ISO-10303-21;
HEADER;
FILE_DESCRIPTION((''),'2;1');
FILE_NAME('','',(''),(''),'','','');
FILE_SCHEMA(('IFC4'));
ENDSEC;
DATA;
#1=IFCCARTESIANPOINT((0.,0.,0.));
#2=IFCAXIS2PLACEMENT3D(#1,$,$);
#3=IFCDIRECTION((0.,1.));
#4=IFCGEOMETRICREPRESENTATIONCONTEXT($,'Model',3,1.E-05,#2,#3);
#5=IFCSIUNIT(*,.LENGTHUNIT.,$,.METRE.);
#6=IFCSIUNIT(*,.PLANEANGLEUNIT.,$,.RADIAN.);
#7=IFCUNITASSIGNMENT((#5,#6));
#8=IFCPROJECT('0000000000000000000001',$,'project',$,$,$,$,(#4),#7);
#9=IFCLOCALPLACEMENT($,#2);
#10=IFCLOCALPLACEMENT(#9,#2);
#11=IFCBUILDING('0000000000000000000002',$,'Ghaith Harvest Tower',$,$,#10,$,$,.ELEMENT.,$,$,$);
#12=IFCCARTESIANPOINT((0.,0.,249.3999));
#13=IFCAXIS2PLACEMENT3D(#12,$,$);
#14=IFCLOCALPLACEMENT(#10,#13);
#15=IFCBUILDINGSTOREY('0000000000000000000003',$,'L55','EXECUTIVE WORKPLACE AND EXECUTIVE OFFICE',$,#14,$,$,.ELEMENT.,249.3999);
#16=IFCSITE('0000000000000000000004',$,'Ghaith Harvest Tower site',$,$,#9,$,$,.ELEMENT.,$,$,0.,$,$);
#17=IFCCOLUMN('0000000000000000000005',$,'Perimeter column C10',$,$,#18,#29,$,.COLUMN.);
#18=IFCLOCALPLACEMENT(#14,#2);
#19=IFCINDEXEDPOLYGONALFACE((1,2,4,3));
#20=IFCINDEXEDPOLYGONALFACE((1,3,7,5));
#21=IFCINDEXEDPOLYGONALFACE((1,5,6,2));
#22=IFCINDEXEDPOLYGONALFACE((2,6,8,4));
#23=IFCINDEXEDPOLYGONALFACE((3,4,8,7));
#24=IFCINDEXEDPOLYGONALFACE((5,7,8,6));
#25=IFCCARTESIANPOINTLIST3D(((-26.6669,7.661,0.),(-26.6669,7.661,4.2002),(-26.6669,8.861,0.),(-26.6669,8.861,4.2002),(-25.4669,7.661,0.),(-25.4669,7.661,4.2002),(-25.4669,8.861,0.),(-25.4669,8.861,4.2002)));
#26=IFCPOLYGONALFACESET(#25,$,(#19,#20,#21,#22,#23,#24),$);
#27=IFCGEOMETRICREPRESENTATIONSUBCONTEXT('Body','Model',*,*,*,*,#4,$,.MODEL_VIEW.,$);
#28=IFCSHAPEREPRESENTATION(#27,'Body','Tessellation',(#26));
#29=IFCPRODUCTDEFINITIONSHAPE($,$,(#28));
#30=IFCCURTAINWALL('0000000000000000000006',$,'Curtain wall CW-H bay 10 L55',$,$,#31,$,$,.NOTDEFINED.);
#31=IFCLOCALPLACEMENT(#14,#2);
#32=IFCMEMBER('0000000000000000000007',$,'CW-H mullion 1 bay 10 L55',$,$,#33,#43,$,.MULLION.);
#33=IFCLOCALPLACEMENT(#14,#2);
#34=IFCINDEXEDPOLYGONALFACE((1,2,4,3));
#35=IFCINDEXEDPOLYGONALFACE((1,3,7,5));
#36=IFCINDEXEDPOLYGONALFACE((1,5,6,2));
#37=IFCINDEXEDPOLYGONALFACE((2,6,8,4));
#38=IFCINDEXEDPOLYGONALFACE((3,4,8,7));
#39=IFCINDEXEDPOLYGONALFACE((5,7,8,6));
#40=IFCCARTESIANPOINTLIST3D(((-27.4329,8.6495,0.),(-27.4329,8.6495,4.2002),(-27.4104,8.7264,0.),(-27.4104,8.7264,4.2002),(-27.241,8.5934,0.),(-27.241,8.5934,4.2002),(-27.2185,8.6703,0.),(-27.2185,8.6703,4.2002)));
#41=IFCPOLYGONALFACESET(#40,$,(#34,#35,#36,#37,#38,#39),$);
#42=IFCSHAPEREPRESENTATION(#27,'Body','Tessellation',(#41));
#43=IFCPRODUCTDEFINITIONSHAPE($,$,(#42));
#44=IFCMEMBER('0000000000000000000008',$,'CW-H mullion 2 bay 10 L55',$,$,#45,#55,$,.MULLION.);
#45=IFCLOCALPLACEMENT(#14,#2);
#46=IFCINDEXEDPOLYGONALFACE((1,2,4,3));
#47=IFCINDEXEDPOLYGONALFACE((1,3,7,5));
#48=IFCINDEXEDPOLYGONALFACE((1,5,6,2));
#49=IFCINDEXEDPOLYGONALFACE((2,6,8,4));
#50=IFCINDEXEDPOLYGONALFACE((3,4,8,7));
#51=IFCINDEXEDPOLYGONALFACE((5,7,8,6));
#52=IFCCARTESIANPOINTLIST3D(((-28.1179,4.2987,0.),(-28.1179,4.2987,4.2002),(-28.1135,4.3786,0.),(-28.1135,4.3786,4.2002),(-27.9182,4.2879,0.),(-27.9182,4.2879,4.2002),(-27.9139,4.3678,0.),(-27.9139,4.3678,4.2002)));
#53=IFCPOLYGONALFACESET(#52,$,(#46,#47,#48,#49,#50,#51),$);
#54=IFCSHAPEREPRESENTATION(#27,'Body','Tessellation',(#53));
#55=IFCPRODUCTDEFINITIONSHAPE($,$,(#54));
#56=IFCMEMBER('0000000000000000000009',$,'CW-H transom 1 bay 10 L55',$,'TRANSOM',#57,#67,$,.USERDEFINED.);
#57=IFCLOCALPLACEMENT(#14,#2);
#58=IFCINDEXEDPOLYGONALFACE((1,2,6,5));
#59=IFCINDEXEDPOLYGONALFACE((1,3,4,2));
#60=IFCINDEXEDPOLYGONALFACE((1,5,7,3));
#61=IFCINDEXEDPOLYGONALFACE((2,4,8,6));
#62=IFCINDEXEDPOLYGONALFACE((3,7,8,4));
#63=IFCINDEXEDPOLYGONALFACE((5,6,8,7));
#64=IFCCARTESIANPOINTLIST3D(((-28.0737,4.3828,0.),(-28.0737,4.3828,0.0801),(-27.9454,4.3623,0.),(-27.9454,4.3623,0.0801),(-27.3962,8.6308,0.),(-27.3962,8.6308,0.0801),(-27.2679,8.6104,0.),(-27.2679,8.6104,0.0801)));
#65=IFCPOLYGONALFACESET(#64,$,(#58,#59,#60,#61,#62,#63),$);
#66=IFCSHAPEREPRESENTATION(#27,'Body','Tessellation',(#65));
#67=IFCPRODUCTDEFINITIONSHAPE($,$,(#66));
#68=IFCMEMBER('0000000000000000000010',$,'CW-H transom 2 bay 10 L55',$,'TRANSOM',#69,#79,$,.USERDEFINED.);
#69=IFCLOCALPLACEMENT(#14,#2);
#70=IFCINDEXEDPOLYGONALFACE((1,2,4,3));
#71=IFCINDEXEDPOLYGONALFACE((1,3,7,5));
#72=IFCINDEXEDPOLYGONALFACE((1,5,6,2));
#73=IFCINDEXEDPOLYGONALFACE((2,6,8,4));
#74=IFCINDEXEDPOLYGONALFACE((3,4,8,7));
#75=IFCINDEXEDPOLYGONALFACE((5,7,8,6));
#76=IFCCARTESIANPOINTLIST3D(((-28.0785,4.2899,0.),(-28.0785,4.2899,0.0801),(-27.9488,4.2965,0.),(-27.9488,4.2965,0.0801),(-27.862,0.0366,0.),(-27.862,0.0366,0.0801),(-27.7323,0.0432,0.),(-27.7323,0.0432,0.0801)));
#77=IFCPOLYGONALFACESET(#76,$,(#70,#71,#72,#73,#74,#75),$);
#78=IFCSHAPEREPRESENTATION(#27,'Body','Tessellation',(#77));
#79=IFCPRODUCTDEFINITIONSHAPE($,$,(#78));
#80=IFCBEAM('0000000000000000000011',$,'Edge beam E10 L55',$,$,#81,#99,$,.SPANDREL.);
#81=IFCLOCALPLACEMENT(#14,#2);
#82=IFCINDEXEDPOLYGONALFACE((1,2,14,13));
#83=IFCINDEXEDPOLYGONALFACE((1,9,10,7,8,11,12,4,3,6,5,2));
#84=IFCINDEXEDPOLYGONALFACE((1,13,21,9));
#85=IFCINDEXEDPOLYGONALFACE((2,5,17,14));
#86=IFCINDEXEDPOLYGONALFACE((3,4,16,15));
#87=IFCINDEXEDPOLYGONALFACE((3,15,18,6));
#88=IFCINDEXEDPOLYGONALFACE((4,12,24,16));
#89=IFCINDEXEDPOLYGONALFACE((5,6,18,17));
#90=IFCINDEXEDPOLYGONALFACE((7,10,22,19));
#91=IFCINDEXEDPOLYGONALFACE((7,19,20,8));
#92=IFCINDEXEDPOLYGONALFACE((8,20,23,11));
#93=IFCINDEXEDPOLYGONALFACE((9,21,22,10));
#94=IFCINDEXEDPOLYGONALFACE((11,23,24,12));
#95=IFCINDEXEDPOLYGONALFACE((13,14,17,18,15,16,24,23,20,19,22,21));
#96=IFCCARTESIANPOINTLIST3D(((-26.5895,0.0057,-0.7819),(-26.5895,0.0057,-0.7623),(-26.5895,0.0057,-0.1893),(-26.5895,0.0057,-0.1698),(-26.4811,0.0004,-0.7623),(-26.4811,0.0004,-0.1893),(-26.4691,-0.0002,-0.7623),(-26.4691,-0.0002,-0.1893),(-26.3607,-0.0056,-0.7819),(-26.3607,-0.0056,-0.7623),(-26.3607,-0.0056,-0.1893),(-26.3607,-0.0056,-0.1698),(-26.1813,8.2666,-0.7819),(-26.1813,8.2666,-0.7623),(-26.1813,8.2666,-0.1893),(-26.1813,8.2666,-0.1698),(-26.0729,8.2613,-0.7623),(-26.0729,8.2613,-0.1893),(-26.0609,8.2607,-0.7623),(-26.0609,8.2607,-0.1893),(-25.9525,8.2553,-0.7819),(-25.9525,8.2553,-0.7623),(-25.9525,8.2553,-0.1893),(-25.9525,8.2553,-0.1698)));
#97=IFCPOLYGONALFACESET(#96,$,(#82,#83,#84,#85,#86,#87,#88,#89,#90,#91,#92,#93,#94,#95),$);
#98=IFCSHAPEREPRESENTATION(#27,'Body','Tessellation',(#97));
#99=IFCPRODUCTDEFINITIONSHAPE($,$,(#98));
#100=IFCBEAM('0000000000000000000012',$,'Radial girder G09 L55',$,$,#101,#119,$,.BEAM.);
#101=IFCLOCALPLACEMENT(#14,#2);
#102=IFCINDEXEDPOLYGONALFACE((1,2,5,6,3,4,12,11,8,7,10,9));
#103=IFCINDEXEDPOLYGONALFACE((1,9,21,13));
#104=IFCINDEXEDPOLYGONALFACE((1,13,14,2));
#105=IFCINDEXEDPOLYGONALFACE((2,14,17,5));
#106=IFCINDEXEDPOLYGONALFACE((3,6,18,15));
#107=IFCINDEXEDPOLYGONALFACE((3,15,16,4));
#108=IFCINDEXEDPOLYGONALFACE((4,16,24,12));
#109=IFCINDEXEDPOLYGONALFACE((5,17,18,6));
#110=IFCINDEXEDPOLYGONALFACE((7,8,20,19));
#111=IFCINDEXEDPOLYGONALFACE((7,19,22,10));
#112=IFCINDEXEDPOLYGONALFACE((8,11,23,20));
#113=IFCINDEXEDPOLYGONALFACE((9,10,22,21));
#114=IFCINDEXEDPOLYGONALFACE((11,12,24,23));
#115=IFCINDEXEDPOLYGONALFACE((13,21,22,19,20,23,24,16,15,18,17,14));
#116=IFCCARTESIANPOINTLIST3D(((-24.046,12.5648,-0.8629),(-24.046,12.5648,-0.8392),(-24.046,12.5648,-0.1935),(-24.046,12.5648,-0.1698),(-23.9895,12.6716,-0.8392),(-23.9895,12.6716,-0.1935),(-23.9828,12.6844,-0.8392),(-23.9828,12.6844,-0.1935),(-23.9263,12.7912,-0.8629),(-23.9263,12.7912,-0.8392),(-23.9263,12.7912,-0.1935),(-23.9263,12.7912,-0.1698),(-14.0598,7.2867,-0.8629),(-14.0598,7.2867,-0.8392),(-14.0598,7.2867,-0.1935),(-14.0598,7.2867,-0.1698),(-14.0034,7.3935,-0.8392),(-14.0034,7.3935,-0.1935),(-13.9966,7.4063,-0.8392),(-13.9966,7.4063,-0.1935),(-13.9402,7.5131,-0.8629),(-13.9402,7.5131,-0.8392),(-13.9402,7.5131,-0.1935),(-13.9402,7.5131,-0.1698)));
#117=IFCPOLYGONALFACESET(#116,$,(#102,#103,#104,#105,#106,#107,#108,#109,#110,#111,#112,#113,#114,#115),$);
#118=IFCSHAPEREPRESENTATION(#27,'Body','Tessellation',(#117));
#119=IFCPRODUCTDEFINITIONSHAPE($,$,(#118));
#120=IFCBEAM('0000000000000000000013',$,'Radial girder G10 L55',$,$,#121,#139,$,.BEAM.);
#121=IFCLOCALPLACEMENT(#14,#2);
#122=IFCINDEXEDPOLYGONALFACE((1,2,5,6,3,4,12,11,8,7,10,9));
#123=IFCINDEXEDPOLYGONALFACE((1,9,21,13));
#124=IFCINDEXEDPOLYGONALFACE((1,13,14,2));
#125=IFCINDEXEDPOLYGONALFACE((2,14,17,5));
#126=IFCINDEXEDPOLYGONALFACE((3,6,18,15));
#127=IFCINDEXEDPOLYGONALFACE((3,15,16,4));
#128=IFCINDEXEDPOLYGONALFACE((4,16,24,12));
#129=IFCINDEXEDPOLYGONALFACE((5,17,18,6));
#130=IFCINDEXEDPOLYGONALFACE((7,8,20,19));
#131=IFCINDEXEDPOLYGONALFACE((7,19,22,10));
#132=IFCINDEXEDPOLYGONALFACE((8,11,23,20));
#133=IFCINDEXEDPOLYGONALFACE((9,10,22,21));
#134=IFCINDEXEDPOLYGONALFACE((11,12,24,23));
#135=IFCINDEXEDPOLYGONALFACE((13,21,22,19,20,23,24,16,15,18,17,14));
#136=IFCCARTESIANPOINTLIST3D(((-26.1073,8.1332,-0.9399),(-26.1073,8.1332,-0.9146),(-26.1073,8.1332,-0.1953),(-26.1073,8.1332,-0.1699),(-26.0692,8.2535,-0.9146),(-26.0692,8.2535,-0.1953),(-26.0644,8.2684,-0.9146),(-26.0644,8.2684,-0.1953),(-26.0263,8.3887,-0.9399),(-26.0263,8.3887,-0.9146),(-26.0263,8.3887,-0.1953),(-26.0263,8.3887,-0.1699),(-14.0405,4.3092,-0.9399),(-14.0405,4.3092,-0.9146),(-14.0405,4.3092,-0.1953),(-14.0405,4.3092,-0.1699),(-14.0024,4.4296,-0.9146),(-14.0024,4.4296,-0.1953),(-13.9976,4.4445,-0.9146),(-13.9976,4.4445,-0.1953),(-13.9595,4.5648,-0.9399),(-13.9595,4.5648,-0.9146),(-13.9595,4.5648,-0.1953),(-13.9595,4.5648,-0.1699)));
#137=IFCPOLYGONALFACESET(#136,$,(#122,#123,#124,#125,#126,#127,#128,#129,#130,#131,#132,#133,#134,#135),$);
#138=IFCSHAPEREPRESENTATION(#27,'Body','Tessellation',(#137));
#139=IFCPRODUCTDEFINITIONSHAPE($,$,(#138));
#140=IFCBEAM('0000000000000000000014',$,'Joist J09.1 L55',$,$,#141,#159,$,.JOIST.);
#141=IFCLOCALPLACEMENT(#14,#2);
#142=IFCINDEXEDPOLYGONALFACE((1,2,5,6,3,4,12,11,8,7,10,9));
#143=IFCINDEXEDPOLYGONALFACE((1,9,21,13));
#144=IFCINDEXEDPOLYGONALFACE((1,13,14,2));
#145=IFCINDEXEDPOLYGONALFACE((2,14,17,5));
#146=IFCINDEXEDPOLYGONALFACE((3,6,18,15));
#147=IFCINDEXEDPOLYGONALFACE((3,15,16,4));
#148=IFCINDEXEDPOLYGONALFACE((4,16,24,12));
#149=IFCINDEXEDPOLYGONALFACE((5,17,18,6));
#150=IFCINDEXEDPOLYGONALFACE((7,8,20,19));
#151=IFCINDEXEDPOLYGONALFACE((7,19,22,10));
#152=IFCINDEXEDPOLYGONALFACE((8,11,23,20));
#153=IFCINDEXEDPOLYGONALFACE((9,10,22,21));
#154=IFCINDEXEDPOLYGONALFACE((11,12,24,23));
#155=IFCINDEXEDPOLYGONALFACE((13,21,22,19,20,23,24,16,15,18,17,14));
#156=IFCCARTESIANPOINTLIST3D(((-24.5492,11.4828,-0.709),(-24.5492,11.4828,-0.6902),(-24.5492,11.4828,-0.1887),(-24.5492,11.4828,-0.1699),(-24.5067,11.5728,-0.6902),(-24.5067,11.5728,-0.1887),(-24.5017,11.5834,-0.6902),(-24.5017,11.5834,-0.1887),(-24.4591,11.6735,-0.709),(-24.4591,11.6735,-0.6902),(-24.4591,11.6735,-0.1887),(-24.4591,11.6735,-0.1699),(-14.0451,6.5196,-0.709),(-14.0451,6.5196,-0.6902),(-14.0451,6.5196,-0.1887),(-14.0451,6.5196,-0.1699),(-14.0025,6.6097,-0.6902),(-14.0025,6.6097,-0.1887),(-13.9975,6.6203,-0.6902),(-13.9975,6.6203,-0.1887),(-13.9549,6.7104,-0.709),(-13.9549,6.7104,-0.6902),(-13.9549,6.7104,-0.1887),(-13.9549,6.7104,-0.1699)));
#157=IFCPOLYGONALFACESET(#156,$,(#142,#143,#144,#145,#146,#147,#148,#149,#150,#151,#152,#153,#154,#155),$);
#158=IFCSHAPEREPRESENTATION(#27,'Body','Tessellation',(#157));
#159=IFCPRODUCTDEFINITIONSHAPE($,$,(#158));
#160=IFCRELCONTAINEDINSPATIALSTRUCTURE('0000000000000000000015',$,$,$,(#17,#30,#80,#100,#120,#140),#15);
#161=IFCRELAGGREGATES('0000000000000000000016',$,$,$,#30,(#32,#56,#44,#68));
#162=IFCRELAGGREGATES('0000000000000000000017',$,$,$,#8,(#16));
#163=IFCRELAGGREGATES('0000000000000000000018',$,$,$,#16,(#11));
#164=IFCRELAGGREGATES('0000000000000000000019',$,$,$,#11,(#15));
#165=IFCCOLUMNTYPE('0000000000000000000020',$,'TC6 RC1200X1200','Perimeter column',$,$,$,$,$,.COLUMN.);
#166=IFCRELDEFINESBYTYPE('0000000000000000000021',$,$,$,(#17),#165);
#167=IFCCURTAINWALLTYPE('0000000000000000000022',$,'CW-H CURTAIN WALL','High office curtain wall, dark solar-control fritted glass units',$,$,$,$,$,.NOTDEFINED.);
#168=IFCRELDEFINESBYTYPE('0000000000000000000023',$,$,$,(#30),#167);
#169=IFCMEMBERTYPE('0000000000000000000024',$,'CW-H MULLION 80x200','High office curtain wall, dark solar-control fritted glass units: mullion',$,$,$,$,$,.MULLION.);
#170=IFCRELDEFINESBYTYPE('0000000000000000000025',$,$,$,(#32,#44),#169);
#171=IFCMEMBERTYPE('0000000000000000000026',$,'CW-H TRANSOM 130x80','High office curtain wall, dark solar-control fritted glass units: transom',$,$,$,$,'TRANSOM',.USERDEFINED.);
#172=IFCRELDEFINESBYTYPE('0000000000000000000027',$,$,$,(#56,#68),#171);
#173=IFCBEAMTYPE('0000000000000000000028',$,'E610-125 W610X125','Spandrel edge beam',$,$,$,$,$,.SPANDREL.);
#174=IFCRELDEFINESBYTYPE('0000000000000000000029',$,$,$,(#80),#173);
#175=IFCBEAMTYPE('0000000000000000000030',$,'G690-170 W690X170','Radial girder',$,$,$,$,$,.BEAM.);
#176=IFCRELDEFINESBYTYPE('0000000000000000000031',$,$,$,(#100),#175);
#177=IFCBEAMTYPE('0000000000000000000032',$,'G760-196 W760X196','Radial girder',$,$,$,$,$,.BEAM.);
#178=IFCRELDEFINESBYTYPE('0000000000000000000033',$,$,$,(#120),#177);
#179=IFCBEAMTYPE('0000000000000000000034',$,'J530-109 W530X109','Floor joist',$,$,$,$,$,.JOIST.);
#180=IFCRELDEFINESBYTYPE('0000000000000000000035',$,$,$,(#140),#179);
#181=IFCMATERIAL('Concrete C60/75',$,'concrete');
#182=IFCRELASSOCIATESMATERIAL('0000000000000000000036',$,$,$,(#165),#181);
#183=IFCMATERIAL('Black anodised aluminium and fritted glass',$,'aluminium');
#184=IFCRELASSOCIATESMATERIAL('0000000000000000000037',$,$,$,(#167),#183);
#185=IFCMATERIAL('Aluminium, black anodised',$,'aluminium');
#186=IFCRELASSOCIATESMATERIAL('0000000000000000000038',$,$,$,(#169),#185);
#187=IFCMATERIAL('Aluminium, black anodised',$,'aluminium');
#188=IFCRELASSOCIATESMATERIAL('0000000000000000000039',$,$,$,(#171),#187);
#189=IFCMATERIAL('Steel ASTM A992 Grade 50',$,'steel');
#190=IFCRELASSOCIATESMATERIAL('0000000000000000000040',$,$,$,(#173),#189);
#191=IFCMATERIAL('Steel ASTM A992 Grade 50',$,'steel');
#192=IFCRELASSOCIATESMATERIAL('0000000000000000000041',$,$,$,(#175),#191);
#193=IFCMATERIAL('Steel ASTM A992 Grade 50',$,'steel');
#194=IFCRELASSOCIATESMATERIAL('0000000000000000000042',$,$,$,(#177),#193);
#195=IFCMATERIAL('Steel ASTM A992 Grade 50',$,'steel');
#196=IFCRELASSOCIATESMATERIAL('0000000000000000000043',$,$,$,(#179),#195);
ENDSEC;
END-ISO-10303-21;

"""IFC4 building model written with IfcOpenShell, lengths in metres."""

from ifc_helpers import new_model, si_unit, direction, frame, origin, origin_2d, place, context, subcontext, project, spatial, rectangle, i_section, extrude, material, material_profile, profile_set, type_object, element, aggregate, save


model = new_model("IFC4")

# Units and contexts
model_context = context("Model", 3, precision=1e-05, world=origin(), true_north=direction((0.0, 1.0)))
body_context = subcontext(model_context, "Body", "Model", "MODEL_VIEW")
ifc_project = project(units=[si_unit("LENGTHUNIT", "METRE"), si_unit("PLANEANGLEUNIT", "RADIAN")], contexts=[model_context])

# Site, building, storey
site_placement = place(None, origin())
site = spatial("IfcSite", under=ifc_project, at=site_placement, Name="Ghaith Harvest Tower site", CompositionType="ELEMENT", RefElevation=0.0)
building_placement = place(site_placement, origin())
building = spatial("IfcBuilding", under=site, at=building_placement, Name="Ghaith Harvest Tower", CompositionType="ELEMENT")
storey_placement = place(building_placement, frame((0.0, 0.0, 249.3999)))
storey = spatial("IfcBuildingStorey", under=building, at=storey_placement, Name="L55", Description="EXECUTIVE WORKPLACE AND EXECUTIVE OFFICE", CompositionType="ELEMENT", Elevation=249.3999)

# Column
ifc_material_1 = material(Name="Concrete C60/75", Category="concrete")
ifc_material_profile_1 = material_profile(ifc_material_1, rectangle(XDim=1.2, YDim=1.2, at=origin_2d()), Name="RC1200X1200")
ifc_profile_set_1 = profile_set([ifc_material_profile_1], Name="Concrete C60/75")
column_type = type_object("IfcColumnType", Name="TC6 RC1200X1200", Description="Perimeter column", PredefinedType="COLUMN", material=ifc_profile_set_1)
column_placement = place(storey_placement, frame((-26.0669, 8.261, 0.0), z_axis=(0.0, 0.0, 1.0), x_axis=(1.0, 0.0, 0.0)))
element("IfcColumn", 1, at=column_placement, inside=storey, type_object=column_type, Name="Perimeter column C10", PredefinedType="COLUMN", context=body_context, shape_type="SweptSolid", body=[
    extrude(rectangle(XDim=1.2, YDim=1.2, at=origin_2d()), origin(), (0.0, 0.0, 1.0), 4.2002),
])

# Curtain wall, members
ifc_material_2 = material(Name="Black anodised aluminium and fritted glass", Category="aluminium")
curtain_wall_type = type_object("IfcCurtainWallType", Name="CW-H CURTAIN WALL", Description="High office curtain wall, dark solar-control fritted glass units", PredefinedType="NOTDEFINED", material=ifc_material_2)
curtain_wall_placement = place(storey_placement, origin())
curtain_wall = element("IfcCurtainWall", 2, at=curtain_wall_placement, inside=storey, type_object=curtain_wall_type, Name="Curtain wall CW-H bay 10 L55", PredefinedType="NOTDEFINED")
ifc_material_3 = material(Name="Aluminium, black anodised", Category="aluminium")
ifc_material_profile_2 = material_profile(ifc_material_3, rectangle(XDim=0.0801, YDim=0.2, at=origin_2d()), Name="CW-H MULLION 80x200")
ifc_profile_set_2 = profile_set([ifc_material_profile_2], Name="Aluminium, black anodised")
member_type_1 = type_object("IfcMemberType", Name="CW-H MULLION 80x200", Description="High office curtain wall, dark solar-control fritted glass units: mullion", PredefinedType="MULLION", material=ifc_profile_set_2)
member_1_placement = place(storey_placement, frame((-27.3257, 8.6599, 0.0), z_axis=(0.0, 0.0, 1.0), x_axis=(-0.28052, -0.959848, 0.0)))
member_1 = element("IfcMember", 3, at=member_1_placement, type_object=member_type_1, Name="CW-H mullion 1 bay 10 L55", PredefinedType="MULLION", context=body_context, shape_type="SweptSolid", body=[
    extrude(rectangle(XDim=0.0801, YDim=0.2, at=origin_2d()), origin(), (0.0, 0.0, 1.0), 4.2002),
])
member_2_placement = place(storey_placement, frame((-28.0159, 4.3333, 0.0), z_axis=(0.0, 0.0, 1.0), x_axis=(-0.054116, -0.998535, 0.0)))
member_2 = element("IfcMember", 4, at=member_2_placement, type_object=member_type_1, Name="CW-H mullion 2 bay 10 L55", PredefinedType="MULLION", context=body_context, shape_type="SweptSolid", body=[
    extrude(rectangle(XDim=0.0801, YDim=0.2, at=origin_2d()), origin(), (0.0, 0.0, 1.0), 4.2002),
])
ifc_material_4 = material(Name="Aluminium, black anodised", Category="aluminium")
ifc_material_profile_3 = material_profile(ifc_material_4, rectangle(XDim=0.1299, YDim=0.0801, at=origin_2d()), Name="CW-H TRANSOM 130x80")
ifc_profile_set_3 = profile_set([ifc_material_profile_3], Name="Aluminium, black anodised")
member_type_2 = type_object("IfcMemberType", Name="CW-H TRANSOM 130x80", Description="High office curtain wall, dark solar-control fritted glass units: transom", ElementType="TRANSOM", PredefinedType="USERDEFINED", material=ifc_profile_set_3)
member_3_placement = place(storey_placement, frame((-27.332, 8.6206, 0.04), z_axis=(-0.157492, -0.98752, 0.0), x_axis=(0.98752, -0.157492, 0.0)))
member_3 = element("IfcMember", 5, at=member_3_placement, type_object=member_type_2, Name="CW-H transom 1 bay 10 L55", ObjectType="TRANSOM", PredefinedType="USERDEFINED", context=body_context, shape_type="SweptSolid", body=[
    extrude(rectangle(XDim=0.1299, YDim=0.0801, at=origin_2d()), origin(), (0.0, 0.0, 1.0), 4.3018),
])
member_4_placement = place(storey_placement, frame((-28.0137, 4.2932, 0.04), z_axis=(0.05085, -0.998706, 0.0), x_axis=(0.998706, 0.05085, 0.0)))
member_4 = element("IfcMember", 6, at=member_4_placement, type_object=member_type_2, Name="CW-H transom 2 bay 10 L55", ObjectType="TRANSOM", PredefinedType="USERDEFINED", context=body_context, shape_type="SweptSolid", body=[
    extrude(rectangle(XDim=0.1299, YDim=0.0801, at=origin_2d()), origin(), (0.0, 0.0, 1.0), 4.2588),
])

# Beams
ifc_material_5 = material(Name="Steel ASTM A992 Grade 50", Category="steel")
ifc_material_profile_4 = material_profile(ifc_material_5, i_section(OverallWidth=0.229, OverallDepth=0.6121, WebThickness=0.012, FlangeThickness=0.0195, at=origin_2d()), Name="W610X125")
ifc_profile_set_4 = profile_set([ifc_material_profile_4], Name="Steel ASTM A992 Grade 50")
beam_type_1 = type_object("IfcBeamType", Name="E610-125 W610X125", Description="Spandrel edge beam", PredefinedType="SPANDREL", material=ifc_profile_set_4)
beam_1_placement = place(storey_placement, frame((-26.0669, 8.261, -0.4758), z_axis=(-0.049353, -0.998781, 0.0), x_axis=(0.998781, -0.049353, 0.0)))
element("IfcBeam", 7, at=beam_1_placement, inside=storey, type_object=beam_type_1, Name="Edge beam E10 L55", PredefinedType="SPANDREL", context=body_context, shape_type="SweptSolid", body=[
    extrude(i_section(OverallWidth=0.229, OverallDepth=0.6121, WebThickness=0.012, FlangeThickness=0.0195, at=origin_2d()), origin(), (0.0, 0.0, 1.0), 8.271),
])
ifc_material_6 = material(Name="Steel ASTM A992 Grade 50", Category="steel")
ifc_material_profile_5 = material_profile(ifc_material_6, i_section(OverallWidth=0.2561, OverallDepth=0.6931, WebThickness=0.0144, FlangeThickness=0.0237, at=origin_2d()), Name="W690X170")
ifc_profile_set_5 = profile_set([ifc_material_profile_5], Name="Steel ASTM A992 Grade 50")
beam_type_2 = type_object("IfcBeamType", Name="G690-170 W690X170", Description="Radial girder", PredefinedType="BEAM", material=ifc_profile_set_5)
beam_2_placement = place(storey_placement, frame((-14.0, 7.3999, -0.5164), z_axis=(-0.884105, 0.467288, 0.0), x_axis=(-0.467288, -0.884105, 0.0)))
element("IfcBeam", 8, at=beam_2_placement, inside=storey, type_object=beam_type_2, Name="Radial girder G09 L55", PredefinedType="BEAM", context=body_context, shape_type="SweptSolid", body=[
    extrude(i_section(OverallWidth=0.2561, OverallDepth=0.6931, WebThickness=0.0144, FlangeThickness=0.0237, at=origin_2d()), origin(), (0.0, 0.0, 1.0), 11.2952),
])
ifc_material_7 = material(Name="Steel ASTM A992 Grade 50", Category="steel")
ifc_material_profile_6 = material_profile(ifc_material_7, i_section(OverallWidth=0.2681, OverallDepth=0.77, WebThickness=0.0156, FlangeThickness=0.0254, at=origin_2d()), Name="W760X196")
ifc_profile_set_6 = profile_set([ifc_material_profile_6], Name="Steel ASTM A992 Grade 50")
beam_type_3 = type_object("IfcBeamType", Name="G760-196 W760X196", Description="Radial girder", PredefinedType="BEAM", material=ifc_profile_set_6)
beam_3_placement = place(storey_placement, frame((-14.0, 4.437, -0.5549), z_axis=(-0.953279, 0.302092, 0.0), x_axis=(-0.302092, -0.953279, 0.0)))
element("IfcBeam", 9, at=beam_3_placement, inside=storey, type_object=beam_type_3, Name="Radial girder G10 L55", PredefinedType="BEAM", context=body_context, shape_type="SweptSolid", body=[
    extrude(i_section(OverallWidth=0.2681, OverallDepth=0.77, WebThickness=0.0156, FlangeThickness=0.0254, at=origin_2d()), origin(), (0.0, 0.0, 1.0), 12.6582),
])
ifc_material_8 = material(Name="Steel ASTM A992 Grade 50", Category="steel")
ifc_material_profile_7 = material_profile(ifc_material_8, i_section(OverallWidth=0.2109, OverallDepth=0.5391, WebThickness=0.0117, FlangeThickness=0.0188, at=origin_2d()), Name="W530X109")
ifc_profile_set_7 = profile_set([ifc_material_profile_7], Name="Steel ASTM A992 Grade 50")
beam_type_4 = type_object("IfcBeamType", Name="J530-109 W530X109", Description="Floor joist", PredefinedType="JOIST", material=ifc_profile_set_7)
beam_4_placement = place(storey_placement, frame((-14.0, 6.615, -0.4395), z_axis=(-0.904154, 0.427206, 0.0), x_axis=(-0.427206, -0.904154, 0.0)))
element("IfcBeam", 10, at=beam_4_placement, inside=storey, type_object=beam_type_4, Name="Joist J09.1 L55", PredefinedType="JOIST", context=body_context, shape_type="SweptSolid", body=[
    extrude(i_section(OverallWidth=0.2109, OverallDepth=0.5391, WebThickness=0.0117, FlangeThickness=0.0188, at=origin_2d()), origin(), (0.0, 0.0, 1.0), 11.6177),
])

aggregate(curtain_wall, [member_1, member_3, member_2, member_4])

save(model, "model.ifc")
